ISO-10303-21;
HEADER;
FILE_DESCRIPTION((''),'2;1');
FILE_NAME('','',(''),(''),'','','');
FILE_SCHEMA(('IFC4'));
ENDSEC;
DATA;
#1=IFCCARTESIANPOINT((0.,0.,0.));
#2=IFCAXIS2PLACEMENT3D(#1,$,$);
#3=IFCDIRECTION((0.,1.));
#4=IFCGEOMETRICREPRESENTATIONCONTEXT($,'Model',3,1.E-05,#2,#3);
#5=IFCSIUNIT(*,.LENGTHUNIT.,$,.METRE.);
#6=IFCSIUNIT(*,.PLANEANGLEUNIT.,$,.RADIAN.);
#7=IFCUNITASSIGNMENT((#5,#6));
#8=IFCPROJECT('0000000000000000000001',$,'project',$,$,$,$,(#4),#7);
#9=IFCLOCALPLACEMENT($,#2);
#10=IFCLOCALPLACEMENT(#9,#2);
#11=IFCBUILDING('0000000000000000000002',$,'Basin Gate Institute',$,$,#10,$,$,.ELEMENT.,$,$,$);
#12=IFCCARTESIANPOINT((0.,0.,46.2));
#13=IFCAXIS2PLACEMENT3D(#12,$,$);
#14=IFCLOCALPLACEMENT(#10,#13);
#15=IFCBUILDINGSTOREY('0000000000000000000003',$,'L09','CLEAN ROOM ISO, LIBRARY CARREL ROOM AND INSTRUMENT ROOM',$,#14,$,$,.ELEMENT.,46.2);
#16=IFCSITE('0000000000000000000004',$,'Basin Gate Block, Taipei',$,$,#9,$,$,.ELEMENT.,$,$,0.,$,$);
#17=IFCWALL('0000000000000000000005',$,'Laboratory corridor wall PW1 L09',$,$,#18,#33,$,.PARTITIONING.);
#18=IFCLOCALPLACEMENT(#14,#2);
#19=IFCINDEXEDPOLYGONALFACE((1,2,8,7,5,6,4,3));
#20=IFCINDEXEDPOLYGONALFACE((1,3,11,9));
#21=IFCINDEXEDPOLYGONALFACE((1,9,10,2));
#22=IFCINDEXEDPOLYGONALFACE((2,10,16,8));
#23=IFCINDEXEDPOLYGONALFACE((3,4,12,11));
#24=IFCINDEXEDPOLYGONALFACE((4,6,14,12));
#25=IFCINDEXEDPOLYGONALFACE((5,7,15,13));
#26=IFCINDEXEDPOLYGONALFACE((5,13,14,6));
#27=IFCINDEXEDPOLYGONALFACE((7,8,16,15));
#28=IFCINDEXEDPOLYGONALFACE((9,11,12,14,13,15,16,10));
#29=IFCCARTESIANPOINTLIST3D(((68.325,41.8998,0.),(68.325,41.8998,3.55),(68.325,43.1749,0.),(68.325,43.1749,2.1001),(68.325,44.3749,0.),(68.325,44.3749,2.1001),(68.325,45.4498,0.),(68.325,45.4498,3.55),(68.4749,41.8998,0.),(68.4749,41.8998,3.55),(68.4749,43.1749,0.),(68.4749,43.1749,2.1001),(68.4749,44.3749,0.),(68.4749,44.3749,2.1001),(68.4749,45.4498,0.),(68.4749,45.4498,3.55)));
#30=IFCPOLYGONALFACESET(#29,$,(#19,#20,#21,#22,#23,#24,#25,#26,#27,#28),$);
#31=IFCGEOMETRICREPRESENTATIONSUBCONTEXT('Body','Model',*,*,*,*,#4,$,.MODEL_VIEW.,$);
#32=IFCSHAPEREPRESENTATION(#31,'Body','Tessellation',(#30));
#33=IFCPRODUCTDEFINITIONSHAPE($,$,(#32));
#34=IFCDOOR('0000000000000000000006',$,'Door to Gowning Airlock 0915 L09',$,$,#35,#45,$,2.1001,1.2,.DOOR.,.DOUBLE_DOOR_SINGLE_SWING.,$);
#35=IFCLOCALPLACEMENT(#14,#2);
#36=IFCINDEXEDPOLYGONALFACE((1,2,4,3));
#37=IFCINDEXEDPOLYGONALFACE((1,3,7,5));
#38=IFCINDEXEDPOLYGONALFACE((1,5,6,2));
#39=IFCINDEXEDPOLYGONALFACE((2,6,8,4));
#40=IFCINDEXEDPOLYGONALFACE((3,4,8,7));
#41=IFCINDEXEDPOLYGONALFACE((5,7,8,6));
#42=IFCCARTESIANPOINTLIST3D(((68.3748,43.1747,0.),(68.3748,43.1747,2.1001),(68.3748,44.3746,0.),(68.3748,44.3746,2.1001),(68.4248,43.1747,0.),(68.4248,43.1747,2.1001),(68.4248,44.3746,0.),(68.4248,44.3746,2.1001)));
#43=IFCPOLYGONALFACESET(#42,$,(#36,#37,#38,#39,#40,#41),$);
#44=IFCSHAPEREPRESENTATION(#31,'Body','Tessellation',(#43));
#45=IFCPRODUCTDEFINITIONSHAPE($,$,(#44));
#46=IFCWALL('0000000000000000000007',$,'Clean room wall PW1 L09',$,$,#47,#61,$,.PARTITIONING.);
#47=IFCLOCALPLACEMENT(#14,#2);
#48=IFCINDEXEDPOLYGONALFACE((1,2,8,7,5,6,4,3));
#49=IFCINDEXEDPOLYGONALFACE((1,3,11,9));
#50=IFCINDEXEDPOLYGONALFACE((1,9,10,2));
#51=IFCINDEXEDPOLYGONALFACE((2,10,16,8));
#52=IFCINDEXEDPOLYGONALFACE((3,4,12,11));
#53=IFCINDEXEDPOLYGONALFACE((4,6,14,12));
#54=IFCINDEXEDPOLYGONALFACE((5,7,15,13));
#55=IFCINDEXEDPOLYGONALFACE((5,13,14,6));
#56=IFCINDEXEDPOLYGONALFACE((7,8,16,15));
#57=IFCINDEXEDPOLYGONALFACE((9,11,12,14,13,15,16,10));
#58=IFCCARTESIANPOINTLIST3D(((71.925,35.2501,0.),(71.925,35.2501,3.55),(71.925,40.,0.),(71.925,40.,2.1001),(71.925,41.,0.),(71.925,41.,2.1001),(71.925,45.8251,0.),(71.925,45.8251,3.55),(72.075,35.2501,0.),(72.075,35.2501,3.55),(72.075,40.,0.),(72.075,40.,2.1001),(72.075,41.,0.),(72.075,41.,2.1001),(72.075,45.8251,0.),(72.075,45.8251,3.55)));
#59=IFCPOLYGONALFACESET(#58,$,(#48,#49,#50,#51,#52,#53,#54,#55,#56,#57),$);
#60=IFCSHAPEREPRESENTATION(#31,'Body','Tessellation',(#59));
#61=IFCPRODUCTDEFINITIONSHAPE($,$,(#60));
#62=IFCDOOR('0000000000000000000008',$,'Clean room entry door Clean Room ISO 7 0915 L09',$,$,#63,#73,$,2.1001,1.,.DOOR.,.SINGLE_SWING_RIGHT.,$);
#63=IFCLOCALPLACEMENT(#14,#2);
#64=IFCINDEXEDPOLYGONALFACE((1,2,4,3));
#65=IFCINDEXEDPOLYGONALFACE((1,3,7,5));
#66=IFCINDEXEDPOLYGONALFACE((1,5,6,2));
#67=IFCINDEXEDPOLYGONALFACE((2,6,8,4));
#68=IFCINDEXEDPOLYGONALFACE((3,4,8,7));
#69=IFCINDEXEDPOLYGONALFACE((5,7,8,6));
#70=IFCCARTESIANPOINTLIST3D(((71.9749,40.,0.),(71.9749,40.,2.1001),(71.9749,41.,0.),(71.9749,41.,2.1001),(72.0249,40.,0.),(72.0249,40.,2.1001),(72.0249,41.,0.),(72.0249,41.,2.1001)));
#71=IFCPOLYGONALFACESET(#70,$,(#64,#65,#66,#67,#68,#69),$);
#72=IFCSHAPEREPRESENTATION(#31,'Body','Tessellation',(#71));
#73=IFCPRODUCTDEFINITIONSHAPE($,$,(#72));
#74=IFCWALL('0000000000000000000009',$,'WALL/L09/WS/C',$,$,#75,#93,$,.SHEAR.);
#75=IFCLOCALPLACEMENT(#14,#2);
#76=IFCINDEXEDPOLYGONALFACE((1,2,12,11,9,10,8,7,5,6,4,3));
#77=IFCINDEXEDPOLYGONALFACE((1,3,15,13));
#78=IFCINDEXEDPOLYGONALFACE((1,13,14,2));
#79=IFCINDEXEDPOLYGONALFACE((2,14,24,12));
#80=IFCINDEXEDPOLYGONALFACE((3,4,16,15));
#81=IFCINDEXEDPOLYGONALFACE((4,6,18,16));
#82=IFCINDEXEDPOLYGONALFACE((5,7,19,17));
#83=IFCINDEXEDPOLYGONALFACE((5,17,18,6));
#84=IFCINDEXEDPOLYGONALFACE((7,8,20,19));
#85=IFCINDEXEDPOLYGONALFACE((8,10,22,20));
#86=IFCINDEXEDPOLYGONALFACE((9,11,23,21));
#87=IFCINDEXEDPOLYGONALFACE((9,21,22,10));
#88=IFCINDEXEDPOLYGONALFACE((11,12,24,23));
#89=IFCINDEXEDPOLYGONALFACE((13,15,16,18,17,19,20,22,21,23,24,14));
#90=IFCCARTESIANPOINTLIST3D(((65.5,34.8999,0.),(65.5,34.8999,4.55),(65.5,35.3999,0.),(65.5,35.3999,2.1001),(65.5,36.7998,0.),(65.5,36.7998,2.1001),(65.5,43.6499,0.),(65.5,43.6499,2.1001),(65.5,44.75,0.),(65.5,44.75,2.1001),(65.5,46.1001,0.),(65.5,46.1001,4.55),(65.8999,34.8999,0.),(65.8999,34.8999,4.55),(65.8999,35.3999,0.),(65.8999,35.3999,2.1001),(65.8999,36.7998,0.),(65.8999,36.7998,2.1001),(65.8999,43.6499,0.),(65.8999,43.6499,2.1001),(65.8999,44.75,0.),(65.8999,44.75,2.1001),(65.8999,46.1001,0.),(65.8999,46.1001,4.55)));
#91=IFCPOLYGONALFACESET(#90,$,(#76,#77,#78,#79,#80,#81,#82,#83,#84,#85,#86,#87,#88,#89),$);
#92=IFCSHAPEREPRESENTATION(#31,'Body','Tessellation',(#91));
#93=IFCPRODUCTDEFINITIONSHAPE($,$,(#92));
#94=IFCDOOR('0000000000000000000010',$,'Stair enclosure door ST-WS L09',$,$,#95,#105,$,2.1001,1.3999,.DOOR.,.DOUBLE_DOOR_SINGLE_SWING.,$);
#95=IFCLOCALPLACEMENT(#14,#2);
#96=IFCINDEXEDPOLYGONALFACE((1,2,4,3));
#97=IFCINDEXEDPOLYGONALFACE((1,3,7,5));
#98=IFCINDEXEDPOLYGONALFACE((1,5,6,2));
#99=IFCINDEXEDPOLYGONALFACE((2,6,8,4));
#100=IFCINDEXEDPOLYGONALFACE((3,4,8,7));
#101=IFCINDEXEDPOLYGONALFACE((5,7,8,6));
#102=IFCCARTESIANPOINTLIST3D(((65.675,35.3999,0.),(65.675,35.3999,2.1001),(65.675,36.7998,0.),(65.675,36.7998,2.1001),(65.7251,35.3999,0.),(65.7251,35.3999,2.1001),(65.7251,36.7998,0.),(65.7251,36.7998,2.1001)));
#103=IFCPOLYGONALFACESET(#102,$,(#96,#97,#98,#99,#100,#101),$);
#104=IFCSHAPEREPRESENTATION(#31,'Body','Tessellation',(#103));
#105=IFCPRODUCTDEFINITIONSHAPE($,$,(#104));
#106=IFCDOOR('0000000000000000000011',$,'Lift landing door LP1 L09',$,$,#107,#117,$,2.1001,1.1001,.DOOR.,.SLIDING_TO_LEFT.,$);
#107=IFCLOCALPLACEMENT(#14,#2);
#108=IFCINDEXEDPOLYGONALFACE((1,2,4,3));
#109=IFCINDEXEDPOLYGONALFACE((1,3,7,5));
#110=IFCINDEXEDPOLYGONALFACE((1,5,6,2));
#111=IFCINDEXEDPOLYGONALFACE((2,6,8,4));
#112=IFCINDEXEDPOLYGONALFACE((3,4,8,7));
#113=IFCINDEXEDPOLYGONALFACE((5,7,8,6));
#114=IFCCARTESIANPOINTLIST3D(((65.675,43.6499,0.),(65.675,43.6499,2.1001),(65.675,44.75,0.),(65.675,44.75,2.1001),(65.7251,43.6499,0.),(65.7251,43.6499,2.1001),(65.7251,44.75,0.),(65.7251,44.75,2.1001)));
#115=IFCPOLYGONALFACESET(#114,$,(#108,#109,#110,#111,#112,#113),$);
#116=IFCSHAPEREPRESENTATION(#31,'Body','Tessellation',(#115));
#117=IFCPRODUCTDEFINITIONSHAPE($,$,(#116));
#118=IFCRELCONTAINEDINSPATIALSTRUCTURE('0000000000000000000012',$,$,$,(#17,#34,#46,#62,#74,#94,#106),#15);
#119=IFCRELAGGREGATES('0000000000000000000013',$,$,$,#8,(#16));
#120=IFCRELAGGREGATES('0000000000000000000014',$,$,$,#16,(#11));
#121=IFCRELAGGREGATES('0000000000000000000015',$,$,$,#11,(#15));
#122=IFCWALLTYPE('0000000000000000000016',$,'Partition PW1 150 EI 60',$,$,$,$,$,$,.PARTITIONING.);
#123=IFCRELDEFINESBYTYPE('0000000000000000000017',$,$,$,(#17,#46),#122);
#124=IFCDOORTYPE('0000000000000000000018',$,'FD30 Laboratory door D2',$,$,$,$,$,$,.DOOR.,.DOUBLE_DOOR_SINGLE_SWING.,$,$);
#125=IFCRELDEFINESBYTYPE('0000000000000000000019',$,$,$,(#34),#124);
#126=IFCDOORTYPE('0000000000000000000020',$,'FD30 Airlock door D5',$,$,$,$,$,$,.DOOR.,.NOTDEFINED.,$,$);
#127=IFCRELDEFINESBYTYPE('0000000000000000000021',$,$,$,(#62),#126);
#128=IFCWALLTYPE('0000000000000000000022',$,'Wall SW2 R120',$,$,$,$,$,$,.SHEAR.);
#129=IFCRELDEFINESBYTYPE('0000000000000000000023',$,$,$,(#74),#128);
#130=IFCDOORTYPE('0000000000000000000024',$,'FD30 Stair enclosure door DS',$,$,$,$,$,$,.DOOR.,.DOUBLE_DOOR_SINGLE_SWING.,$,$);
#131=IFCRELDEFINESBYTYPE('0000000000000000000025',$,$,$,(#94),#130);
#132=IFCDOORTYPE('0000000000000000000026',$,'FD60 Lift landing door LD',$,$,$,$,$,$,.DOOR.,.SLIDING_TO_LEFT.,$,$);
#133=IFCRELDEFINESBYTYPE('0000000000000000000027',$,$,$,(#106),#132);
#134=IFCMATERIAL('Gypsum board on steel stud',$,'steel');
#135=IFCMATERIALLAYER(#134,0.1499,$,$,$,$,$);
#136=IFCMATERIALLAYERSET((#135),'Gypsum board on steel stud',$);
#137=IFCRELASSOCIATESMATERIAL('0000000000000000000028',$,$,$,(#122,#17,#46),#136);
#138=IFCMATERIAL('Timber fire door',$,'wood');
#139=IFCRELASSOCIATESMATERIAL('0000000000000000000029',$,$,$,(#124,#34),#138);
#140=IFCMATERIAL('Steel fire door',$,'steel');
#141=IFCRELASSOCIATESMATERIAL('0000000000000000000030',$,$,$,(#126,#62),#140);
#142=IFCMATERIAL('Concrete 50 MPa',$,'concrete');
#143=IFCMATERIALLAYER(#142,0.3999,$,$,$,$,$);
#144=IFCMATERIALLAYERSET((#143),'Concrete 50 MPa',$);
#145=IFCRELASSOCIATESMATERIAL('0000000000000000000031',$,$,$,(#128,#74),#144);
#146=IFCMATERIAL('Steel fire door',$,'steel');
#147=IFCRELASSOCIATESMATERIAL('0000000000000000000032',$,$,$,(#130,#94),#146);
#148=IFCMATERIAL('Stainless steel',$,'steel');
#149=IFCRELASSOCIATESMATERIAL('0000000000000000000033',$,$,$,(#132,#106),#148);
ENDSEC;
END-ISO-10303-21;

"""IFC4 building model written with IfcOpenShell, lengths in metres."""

from ifc_helpers import new_model, si_unit, direction, frame, frame_2d, origin, place, context, subcontext, project, spatial, rectangle, extrude, material, layer, layer_set, type_object, element, fill, save


model = new_model("IFC4")

# Units and contexts
model_context = context("Model", 3, precision=1e-05, world=origin(), true_north=direction((0.0, 1.0)))
body_context = subcontext(model_context, "Body", "Model", "MODEL_VIEW")
ifc_project = project(units=[si_unit("LENGTHUNIT", "METRE"), si_unit("PLANEANGLEUNIT", "RADIAN")], contexts=[model_context])

# Site, building, storey
site_placement = place(None, origin())
site = spatial("IfcSite", under=ifc_project, at=site_placement, Name="Basin Gate Block, Taipei", CompositionType="ELEMENT", RefElevation=0.0)
building_placement = place(site_placement, origin())
building = spatial("IfcBuilding", under=site, at=building_placement, Name="Basin Gate Institute", CompositionType="ELEMENT")
storey_placement = place(building_placement, frame((0.0, 0.0, 46.2)))
storey = spatial("IfcBuildingStorey", under=building, at=storey_placement, Name="L09", Description="CLEAN ROOM ISO, LIBRARY CARREL ROOM AND INSTRUMENT ROOM", CompositionType="ELEMENT", Elevation=46.2)

# Walls, openings, doors
ifc_material_1 = material(Name="Gypsum board on steel stud", Category="steel")
ifc_layer_1 = layer(ifc_material_1, 0.1499)
ifc_layer_set_1 = layer_set([ifc_layer_1], Name="Gypsum board on steel stud")
wall_type_1 = type_object("IfcWallType", Name="Partition PW1 150 EI 60", PredefinedType="PARTITIONING", material=ifc_layer_set_1)
wall_1_placement = place(storey_placement, frame((68.3999, 41.8999, 0.0), z_axis=(0.0, 0.0, 1.0), x_axis=(0.0, 1.0, 0.0)))
wall_1 = element("IfcWall", 1, at=wall_1_placement, inside=storey, type_object=wall_type_1, material=ifc_layer_set_1, Name="Laboratory corridor wall PW1 L09", PredefinedType="PARTITIONING", context=body_context, shape_type="SweptSolid", body=[
    extrude(rectangle(XDim=3.55, YDim=0.1499, at=frame_2d((1.7749, 0.0))), origin(), (0.0, 0.0, 1.0), 3.55),
])
opening_1_placement = place(wall_1_placement, frame((1.2749, 0.0, 0.0)))
opening_1 = element("IfcOpeningElement", 2, at=opening_1_placement, cuts=wall_1, PredefinedType="OPENING", context=body_context, shape_type="SweptSolid", body=[
    extrude(rectangle(XDim=1.2, YDim=2.1001, at=frame_2d((0.6001, 1.05))), frame((0.0, 0.085, 0.0), z_axis=(0.0, -1.0, 0.0), x_axis=(1.0, 0.0, 0.0)), (0.0, 0.0, 1.0), 0.1699),
])
ifc_material_2 = material(Name="Timber fire door", Category="wood")
door_type_1 = type_object("IfcDoorType", Name="FD30 Laboratory door D2", OperationType="DOUBLE_DOOR_SINGLE_SWING", PredefinedType="DOOR", material=ifc_material_2)
door_1_placement = place(opening_1_placement, frame((1.2, 0.0, 0.0), z_axis=(0.0, 0.0, 1.0), x_axis=(-1.0, 0.0, 0.0)))
door_1 = element("IfcDoor", 3, at=door_1_placement, inside=storey, type_object=door_type_1, material=ifc_material_2, Name="Door to Gowning Airlock 0915 L09", OperationType="DOUBLE_DOOR_SINGLE_SWING", OverallHeight=2.1001, OverallWidth=1.2, PredefinedType="DOOR", context=body_context, shape_type="SweptSolid", body=[
    extrude(rectangle(XDim=1.2, YDim=2.1001, at=frame_2d((0.6001, 1.05))), frame((0.0, 0.0249, 0.0), z_axis=(0.0, -1.0, 0.0), x_axis=(1.0, 0.0, 0.0)), (0.0, 0.0, 1.0), 0.05),
])
fill(opening_1, door_1)
wall_2_placement = place(storey_placement, frame((72.0, 35.25, 0.0), z_axis=(0.0, 0.0, 1.0), x_axis=(0.0, 1.0, 0.0)))
wall_2 = element("IfcWall", 4, at=wall_2_placement, inside=storey, type_object=wall_type_1, material=ifc_layer_set_1, Name="Clean room wall PW1 L09", PredefinedType="PARTITIONING", context=body_context, shape_type="SweptSolid", body=[
    extrude(rectangle(XDim=10.575, YDim=0.1499, at=frame_2d((5.2876, 0.0))), origin(), (0.0, 0.0, 1.0), 3.55),
])
opening_2_placement = place(wall_2_placement, frame((4.75, 0.0, 0.0)))
opening_2 = element("IfcOpeningElement", 5, at=opening_2_placement, cuts=wall_2, PredefinedType="OPENING", context=body_context, shape_type="SweptSolid", body=[
    extrude(rectangle(XDim=1.0, YDim=2.1001, at=frame_2d((0.5, 1.05))), frame((0.0, 0.085, 0.0), z_axis=(0.0, -1.0, 0.0), x_axis=(1.0, 0.0, 0.0)), (0.0, 0.0, 1.0), 0.1699),
])
ifc_material_3 = material(Name="Steel fire door", Category="steel")
door_type_2 = type_object("IfcDoorType", Name="FD30 Airlock door D5", OperationType="NOTDEFINED", PredefinedType="DOOR", material=ifc_material_3)
door_2_placement = place(opening_2_placement, frame((1.0, 0.0, 0.0), z_axis=(0.0, 0.0, 1.0), x_axis=(-1.0, 0.0, 0.0)))
door_2 = element("IfcDoor", 6, at=door_2_placement, inside=storey, type_object=door_type_2, material=ifc_material_3, Name="Clean room entry door Clean Room ISO 7 0915 L09", OperationType="SINGLE_SWING_RIGHT", OverallHeight=2.1001, OverallWidth=1.0, PredefinedType="DOOR", context=body_context, shape_type="SweptSolid", body=[
    extrude(rectangle(XDim=1.0, YDim=2.1001, at=frame_2d((0.5, 1.05))), frame((0.0, 0.0249, 0.0), z_axis=(0.0, -1.0, 0.0), x_axis=(1.0, 0.0, 0.0)), (0.0, 0.0, 1.0), 0.05),
])
fill(opening_2, door_2)

# Wall, openings, doors
ifc_material_4 = material(Name="Concrete 50 MPa", Category="concrete")
ifc_layer_2 = layer(ifc_material_4, 0.3999)
ifc_layer_set_2 = layer_set([ifc_layer_2], Name="Concrete 50 MPa")
wall_type_2 = type_object("IfcWallType", Name="Wall SW2 R120", PredefinedType="SHEAR", material=ifc_layer_set_2)
wall_3_placement = place(storey_placement, frame((65.7, 34.8999, 0.0), z_axis=(0.0, 0.0, 1.0), x_axis=(0.0, 1.0, 0.0)))
wall_3 = element("IfcWall", 7, at=wall_3_placement, inside=storey, type_object=wall_type_2, material=ifc_layer_set_2, Name="WALL/L09/WS/C", PredefinedType="SHEAR", context=body_context, shape_type="SweptSolid", body=[
    extrude(rectangle(XDim=11.2002, YDim=0.3999, at=frame_2d((5.6001, 0.0))), origin(), (0.0, 0.0, 1.0), 4.55),
])
opening_3_placement = place(wall_3_placement, frame((0.5, 0.0, 0.0)))
opening_3 = element("IfcOpeningElement", 8, at=opening_3_placement, cuts=wall_3, PredefinedType="OPENING", context=body_context, shape_type="SweptSolid", body=[
    extrude(rectangle(XDim=1.3999, YDim=2.1001, at=frame_2d((0.7, 1.05))), frame((0.0, 0.21, 0.0), z_axis=(0.0, -1.0, 0.0), x_axis=(1.0, 0.0, 0.0)), (0.0, 0.0, 1.0), 0.4199),
])
opening_4_placement = place(wall_3_placement, frame((8.75, 0.0, 0.0)))
opening_4 = element("IfcOpeningElement", 9, at=opening_4_placement, cuts=wall_3, PredefinedType="OPENING", context=body_context, shape_type="SweptSolid", body=[
    extrude(rectangle(XDim=1.1001, YDim=2.1001, at=frame_2d((0.55, 1.05))), frame((0.0, 0.21, 0.0), z_axis=(0.0, -1.0, 0.0), x_axis=(1.0, 0.0, 0.0)), (0.0, 0.0, 1.0), 0.4199),
])
ifc_material_5 = material(Name="Steel fire door", Category="steel")
door_type_3 = type_object("IfcDoorType", Name="FD30 Stair enclosure door DS", OperationType="DOUBLE_DOOR_SINGLE_SWING", PredefinedType="DOOR", material=ifc_material_5)
door_3_placement = place(opening_3_placement, origin())
door_3 = element("IfcDoor", 10, at=door_3_placement, inside=storey, type_object=door_type_3, material=ifc_material_5, Name="Stair enclosure door ST-WS L09", OperationType="DOUBLE_DOOR_SINGLE_SWING", OverallHeight=2.1001, OverallWidth=1.3999, PredefinedType="DOOR", context=body_context, shape_type="SweptSolid", body=[
    extrude(rectangle(XDim=1.3999, YDim=2.1001, at=frame_2d((0.7, 1.05))), frame((0.0, 0.0249, 0.0), z_axis=(0.0, -1.0, 0.0), x_axis=(1.0, 0.0, 0.0)), (0.0, 0.0, 1.0), 0.05),
])
fill(opening_3, door_3)
ifc_material_6 = material(Name="Stainless steel", Category="steel")
door_type_4 = type_object("IfcDoorType", Name="FD60 Lift landing door LD", OperationType="SLIDING_TO_LEFT", PredefinedType="DOOR", material=ifc_material_6)
door_4_placement = place(opening_4_placement, origin())
door_4 = element("IfcDoor", 11, at=door_4_placement, inside=storey, type_object=door_type_4, material=ifc_material_6, Name="Lift landing door LP1 L09", OperationType="SLIDING_TO_LEFT", OverallHeight=2.1001, OverallWidth=1.1001, PredefinedType="DOOR", context=body_context, shape_type="SweptSolid", body=[
    extrude(rectangle(XDim=1.1001, YDim=2.1001, at=frame_2d((0.55, 1.05))), frame((0.0, 0.0249, 0.0), z_axis=(0.0, -1.0, 0.0), x_axis=(1.0, 0.0, 0.0)), (0.0, 0.0, 1.0), 0.05),
])
fill(opening_4, door_4)

save(model, "model.ifc")
